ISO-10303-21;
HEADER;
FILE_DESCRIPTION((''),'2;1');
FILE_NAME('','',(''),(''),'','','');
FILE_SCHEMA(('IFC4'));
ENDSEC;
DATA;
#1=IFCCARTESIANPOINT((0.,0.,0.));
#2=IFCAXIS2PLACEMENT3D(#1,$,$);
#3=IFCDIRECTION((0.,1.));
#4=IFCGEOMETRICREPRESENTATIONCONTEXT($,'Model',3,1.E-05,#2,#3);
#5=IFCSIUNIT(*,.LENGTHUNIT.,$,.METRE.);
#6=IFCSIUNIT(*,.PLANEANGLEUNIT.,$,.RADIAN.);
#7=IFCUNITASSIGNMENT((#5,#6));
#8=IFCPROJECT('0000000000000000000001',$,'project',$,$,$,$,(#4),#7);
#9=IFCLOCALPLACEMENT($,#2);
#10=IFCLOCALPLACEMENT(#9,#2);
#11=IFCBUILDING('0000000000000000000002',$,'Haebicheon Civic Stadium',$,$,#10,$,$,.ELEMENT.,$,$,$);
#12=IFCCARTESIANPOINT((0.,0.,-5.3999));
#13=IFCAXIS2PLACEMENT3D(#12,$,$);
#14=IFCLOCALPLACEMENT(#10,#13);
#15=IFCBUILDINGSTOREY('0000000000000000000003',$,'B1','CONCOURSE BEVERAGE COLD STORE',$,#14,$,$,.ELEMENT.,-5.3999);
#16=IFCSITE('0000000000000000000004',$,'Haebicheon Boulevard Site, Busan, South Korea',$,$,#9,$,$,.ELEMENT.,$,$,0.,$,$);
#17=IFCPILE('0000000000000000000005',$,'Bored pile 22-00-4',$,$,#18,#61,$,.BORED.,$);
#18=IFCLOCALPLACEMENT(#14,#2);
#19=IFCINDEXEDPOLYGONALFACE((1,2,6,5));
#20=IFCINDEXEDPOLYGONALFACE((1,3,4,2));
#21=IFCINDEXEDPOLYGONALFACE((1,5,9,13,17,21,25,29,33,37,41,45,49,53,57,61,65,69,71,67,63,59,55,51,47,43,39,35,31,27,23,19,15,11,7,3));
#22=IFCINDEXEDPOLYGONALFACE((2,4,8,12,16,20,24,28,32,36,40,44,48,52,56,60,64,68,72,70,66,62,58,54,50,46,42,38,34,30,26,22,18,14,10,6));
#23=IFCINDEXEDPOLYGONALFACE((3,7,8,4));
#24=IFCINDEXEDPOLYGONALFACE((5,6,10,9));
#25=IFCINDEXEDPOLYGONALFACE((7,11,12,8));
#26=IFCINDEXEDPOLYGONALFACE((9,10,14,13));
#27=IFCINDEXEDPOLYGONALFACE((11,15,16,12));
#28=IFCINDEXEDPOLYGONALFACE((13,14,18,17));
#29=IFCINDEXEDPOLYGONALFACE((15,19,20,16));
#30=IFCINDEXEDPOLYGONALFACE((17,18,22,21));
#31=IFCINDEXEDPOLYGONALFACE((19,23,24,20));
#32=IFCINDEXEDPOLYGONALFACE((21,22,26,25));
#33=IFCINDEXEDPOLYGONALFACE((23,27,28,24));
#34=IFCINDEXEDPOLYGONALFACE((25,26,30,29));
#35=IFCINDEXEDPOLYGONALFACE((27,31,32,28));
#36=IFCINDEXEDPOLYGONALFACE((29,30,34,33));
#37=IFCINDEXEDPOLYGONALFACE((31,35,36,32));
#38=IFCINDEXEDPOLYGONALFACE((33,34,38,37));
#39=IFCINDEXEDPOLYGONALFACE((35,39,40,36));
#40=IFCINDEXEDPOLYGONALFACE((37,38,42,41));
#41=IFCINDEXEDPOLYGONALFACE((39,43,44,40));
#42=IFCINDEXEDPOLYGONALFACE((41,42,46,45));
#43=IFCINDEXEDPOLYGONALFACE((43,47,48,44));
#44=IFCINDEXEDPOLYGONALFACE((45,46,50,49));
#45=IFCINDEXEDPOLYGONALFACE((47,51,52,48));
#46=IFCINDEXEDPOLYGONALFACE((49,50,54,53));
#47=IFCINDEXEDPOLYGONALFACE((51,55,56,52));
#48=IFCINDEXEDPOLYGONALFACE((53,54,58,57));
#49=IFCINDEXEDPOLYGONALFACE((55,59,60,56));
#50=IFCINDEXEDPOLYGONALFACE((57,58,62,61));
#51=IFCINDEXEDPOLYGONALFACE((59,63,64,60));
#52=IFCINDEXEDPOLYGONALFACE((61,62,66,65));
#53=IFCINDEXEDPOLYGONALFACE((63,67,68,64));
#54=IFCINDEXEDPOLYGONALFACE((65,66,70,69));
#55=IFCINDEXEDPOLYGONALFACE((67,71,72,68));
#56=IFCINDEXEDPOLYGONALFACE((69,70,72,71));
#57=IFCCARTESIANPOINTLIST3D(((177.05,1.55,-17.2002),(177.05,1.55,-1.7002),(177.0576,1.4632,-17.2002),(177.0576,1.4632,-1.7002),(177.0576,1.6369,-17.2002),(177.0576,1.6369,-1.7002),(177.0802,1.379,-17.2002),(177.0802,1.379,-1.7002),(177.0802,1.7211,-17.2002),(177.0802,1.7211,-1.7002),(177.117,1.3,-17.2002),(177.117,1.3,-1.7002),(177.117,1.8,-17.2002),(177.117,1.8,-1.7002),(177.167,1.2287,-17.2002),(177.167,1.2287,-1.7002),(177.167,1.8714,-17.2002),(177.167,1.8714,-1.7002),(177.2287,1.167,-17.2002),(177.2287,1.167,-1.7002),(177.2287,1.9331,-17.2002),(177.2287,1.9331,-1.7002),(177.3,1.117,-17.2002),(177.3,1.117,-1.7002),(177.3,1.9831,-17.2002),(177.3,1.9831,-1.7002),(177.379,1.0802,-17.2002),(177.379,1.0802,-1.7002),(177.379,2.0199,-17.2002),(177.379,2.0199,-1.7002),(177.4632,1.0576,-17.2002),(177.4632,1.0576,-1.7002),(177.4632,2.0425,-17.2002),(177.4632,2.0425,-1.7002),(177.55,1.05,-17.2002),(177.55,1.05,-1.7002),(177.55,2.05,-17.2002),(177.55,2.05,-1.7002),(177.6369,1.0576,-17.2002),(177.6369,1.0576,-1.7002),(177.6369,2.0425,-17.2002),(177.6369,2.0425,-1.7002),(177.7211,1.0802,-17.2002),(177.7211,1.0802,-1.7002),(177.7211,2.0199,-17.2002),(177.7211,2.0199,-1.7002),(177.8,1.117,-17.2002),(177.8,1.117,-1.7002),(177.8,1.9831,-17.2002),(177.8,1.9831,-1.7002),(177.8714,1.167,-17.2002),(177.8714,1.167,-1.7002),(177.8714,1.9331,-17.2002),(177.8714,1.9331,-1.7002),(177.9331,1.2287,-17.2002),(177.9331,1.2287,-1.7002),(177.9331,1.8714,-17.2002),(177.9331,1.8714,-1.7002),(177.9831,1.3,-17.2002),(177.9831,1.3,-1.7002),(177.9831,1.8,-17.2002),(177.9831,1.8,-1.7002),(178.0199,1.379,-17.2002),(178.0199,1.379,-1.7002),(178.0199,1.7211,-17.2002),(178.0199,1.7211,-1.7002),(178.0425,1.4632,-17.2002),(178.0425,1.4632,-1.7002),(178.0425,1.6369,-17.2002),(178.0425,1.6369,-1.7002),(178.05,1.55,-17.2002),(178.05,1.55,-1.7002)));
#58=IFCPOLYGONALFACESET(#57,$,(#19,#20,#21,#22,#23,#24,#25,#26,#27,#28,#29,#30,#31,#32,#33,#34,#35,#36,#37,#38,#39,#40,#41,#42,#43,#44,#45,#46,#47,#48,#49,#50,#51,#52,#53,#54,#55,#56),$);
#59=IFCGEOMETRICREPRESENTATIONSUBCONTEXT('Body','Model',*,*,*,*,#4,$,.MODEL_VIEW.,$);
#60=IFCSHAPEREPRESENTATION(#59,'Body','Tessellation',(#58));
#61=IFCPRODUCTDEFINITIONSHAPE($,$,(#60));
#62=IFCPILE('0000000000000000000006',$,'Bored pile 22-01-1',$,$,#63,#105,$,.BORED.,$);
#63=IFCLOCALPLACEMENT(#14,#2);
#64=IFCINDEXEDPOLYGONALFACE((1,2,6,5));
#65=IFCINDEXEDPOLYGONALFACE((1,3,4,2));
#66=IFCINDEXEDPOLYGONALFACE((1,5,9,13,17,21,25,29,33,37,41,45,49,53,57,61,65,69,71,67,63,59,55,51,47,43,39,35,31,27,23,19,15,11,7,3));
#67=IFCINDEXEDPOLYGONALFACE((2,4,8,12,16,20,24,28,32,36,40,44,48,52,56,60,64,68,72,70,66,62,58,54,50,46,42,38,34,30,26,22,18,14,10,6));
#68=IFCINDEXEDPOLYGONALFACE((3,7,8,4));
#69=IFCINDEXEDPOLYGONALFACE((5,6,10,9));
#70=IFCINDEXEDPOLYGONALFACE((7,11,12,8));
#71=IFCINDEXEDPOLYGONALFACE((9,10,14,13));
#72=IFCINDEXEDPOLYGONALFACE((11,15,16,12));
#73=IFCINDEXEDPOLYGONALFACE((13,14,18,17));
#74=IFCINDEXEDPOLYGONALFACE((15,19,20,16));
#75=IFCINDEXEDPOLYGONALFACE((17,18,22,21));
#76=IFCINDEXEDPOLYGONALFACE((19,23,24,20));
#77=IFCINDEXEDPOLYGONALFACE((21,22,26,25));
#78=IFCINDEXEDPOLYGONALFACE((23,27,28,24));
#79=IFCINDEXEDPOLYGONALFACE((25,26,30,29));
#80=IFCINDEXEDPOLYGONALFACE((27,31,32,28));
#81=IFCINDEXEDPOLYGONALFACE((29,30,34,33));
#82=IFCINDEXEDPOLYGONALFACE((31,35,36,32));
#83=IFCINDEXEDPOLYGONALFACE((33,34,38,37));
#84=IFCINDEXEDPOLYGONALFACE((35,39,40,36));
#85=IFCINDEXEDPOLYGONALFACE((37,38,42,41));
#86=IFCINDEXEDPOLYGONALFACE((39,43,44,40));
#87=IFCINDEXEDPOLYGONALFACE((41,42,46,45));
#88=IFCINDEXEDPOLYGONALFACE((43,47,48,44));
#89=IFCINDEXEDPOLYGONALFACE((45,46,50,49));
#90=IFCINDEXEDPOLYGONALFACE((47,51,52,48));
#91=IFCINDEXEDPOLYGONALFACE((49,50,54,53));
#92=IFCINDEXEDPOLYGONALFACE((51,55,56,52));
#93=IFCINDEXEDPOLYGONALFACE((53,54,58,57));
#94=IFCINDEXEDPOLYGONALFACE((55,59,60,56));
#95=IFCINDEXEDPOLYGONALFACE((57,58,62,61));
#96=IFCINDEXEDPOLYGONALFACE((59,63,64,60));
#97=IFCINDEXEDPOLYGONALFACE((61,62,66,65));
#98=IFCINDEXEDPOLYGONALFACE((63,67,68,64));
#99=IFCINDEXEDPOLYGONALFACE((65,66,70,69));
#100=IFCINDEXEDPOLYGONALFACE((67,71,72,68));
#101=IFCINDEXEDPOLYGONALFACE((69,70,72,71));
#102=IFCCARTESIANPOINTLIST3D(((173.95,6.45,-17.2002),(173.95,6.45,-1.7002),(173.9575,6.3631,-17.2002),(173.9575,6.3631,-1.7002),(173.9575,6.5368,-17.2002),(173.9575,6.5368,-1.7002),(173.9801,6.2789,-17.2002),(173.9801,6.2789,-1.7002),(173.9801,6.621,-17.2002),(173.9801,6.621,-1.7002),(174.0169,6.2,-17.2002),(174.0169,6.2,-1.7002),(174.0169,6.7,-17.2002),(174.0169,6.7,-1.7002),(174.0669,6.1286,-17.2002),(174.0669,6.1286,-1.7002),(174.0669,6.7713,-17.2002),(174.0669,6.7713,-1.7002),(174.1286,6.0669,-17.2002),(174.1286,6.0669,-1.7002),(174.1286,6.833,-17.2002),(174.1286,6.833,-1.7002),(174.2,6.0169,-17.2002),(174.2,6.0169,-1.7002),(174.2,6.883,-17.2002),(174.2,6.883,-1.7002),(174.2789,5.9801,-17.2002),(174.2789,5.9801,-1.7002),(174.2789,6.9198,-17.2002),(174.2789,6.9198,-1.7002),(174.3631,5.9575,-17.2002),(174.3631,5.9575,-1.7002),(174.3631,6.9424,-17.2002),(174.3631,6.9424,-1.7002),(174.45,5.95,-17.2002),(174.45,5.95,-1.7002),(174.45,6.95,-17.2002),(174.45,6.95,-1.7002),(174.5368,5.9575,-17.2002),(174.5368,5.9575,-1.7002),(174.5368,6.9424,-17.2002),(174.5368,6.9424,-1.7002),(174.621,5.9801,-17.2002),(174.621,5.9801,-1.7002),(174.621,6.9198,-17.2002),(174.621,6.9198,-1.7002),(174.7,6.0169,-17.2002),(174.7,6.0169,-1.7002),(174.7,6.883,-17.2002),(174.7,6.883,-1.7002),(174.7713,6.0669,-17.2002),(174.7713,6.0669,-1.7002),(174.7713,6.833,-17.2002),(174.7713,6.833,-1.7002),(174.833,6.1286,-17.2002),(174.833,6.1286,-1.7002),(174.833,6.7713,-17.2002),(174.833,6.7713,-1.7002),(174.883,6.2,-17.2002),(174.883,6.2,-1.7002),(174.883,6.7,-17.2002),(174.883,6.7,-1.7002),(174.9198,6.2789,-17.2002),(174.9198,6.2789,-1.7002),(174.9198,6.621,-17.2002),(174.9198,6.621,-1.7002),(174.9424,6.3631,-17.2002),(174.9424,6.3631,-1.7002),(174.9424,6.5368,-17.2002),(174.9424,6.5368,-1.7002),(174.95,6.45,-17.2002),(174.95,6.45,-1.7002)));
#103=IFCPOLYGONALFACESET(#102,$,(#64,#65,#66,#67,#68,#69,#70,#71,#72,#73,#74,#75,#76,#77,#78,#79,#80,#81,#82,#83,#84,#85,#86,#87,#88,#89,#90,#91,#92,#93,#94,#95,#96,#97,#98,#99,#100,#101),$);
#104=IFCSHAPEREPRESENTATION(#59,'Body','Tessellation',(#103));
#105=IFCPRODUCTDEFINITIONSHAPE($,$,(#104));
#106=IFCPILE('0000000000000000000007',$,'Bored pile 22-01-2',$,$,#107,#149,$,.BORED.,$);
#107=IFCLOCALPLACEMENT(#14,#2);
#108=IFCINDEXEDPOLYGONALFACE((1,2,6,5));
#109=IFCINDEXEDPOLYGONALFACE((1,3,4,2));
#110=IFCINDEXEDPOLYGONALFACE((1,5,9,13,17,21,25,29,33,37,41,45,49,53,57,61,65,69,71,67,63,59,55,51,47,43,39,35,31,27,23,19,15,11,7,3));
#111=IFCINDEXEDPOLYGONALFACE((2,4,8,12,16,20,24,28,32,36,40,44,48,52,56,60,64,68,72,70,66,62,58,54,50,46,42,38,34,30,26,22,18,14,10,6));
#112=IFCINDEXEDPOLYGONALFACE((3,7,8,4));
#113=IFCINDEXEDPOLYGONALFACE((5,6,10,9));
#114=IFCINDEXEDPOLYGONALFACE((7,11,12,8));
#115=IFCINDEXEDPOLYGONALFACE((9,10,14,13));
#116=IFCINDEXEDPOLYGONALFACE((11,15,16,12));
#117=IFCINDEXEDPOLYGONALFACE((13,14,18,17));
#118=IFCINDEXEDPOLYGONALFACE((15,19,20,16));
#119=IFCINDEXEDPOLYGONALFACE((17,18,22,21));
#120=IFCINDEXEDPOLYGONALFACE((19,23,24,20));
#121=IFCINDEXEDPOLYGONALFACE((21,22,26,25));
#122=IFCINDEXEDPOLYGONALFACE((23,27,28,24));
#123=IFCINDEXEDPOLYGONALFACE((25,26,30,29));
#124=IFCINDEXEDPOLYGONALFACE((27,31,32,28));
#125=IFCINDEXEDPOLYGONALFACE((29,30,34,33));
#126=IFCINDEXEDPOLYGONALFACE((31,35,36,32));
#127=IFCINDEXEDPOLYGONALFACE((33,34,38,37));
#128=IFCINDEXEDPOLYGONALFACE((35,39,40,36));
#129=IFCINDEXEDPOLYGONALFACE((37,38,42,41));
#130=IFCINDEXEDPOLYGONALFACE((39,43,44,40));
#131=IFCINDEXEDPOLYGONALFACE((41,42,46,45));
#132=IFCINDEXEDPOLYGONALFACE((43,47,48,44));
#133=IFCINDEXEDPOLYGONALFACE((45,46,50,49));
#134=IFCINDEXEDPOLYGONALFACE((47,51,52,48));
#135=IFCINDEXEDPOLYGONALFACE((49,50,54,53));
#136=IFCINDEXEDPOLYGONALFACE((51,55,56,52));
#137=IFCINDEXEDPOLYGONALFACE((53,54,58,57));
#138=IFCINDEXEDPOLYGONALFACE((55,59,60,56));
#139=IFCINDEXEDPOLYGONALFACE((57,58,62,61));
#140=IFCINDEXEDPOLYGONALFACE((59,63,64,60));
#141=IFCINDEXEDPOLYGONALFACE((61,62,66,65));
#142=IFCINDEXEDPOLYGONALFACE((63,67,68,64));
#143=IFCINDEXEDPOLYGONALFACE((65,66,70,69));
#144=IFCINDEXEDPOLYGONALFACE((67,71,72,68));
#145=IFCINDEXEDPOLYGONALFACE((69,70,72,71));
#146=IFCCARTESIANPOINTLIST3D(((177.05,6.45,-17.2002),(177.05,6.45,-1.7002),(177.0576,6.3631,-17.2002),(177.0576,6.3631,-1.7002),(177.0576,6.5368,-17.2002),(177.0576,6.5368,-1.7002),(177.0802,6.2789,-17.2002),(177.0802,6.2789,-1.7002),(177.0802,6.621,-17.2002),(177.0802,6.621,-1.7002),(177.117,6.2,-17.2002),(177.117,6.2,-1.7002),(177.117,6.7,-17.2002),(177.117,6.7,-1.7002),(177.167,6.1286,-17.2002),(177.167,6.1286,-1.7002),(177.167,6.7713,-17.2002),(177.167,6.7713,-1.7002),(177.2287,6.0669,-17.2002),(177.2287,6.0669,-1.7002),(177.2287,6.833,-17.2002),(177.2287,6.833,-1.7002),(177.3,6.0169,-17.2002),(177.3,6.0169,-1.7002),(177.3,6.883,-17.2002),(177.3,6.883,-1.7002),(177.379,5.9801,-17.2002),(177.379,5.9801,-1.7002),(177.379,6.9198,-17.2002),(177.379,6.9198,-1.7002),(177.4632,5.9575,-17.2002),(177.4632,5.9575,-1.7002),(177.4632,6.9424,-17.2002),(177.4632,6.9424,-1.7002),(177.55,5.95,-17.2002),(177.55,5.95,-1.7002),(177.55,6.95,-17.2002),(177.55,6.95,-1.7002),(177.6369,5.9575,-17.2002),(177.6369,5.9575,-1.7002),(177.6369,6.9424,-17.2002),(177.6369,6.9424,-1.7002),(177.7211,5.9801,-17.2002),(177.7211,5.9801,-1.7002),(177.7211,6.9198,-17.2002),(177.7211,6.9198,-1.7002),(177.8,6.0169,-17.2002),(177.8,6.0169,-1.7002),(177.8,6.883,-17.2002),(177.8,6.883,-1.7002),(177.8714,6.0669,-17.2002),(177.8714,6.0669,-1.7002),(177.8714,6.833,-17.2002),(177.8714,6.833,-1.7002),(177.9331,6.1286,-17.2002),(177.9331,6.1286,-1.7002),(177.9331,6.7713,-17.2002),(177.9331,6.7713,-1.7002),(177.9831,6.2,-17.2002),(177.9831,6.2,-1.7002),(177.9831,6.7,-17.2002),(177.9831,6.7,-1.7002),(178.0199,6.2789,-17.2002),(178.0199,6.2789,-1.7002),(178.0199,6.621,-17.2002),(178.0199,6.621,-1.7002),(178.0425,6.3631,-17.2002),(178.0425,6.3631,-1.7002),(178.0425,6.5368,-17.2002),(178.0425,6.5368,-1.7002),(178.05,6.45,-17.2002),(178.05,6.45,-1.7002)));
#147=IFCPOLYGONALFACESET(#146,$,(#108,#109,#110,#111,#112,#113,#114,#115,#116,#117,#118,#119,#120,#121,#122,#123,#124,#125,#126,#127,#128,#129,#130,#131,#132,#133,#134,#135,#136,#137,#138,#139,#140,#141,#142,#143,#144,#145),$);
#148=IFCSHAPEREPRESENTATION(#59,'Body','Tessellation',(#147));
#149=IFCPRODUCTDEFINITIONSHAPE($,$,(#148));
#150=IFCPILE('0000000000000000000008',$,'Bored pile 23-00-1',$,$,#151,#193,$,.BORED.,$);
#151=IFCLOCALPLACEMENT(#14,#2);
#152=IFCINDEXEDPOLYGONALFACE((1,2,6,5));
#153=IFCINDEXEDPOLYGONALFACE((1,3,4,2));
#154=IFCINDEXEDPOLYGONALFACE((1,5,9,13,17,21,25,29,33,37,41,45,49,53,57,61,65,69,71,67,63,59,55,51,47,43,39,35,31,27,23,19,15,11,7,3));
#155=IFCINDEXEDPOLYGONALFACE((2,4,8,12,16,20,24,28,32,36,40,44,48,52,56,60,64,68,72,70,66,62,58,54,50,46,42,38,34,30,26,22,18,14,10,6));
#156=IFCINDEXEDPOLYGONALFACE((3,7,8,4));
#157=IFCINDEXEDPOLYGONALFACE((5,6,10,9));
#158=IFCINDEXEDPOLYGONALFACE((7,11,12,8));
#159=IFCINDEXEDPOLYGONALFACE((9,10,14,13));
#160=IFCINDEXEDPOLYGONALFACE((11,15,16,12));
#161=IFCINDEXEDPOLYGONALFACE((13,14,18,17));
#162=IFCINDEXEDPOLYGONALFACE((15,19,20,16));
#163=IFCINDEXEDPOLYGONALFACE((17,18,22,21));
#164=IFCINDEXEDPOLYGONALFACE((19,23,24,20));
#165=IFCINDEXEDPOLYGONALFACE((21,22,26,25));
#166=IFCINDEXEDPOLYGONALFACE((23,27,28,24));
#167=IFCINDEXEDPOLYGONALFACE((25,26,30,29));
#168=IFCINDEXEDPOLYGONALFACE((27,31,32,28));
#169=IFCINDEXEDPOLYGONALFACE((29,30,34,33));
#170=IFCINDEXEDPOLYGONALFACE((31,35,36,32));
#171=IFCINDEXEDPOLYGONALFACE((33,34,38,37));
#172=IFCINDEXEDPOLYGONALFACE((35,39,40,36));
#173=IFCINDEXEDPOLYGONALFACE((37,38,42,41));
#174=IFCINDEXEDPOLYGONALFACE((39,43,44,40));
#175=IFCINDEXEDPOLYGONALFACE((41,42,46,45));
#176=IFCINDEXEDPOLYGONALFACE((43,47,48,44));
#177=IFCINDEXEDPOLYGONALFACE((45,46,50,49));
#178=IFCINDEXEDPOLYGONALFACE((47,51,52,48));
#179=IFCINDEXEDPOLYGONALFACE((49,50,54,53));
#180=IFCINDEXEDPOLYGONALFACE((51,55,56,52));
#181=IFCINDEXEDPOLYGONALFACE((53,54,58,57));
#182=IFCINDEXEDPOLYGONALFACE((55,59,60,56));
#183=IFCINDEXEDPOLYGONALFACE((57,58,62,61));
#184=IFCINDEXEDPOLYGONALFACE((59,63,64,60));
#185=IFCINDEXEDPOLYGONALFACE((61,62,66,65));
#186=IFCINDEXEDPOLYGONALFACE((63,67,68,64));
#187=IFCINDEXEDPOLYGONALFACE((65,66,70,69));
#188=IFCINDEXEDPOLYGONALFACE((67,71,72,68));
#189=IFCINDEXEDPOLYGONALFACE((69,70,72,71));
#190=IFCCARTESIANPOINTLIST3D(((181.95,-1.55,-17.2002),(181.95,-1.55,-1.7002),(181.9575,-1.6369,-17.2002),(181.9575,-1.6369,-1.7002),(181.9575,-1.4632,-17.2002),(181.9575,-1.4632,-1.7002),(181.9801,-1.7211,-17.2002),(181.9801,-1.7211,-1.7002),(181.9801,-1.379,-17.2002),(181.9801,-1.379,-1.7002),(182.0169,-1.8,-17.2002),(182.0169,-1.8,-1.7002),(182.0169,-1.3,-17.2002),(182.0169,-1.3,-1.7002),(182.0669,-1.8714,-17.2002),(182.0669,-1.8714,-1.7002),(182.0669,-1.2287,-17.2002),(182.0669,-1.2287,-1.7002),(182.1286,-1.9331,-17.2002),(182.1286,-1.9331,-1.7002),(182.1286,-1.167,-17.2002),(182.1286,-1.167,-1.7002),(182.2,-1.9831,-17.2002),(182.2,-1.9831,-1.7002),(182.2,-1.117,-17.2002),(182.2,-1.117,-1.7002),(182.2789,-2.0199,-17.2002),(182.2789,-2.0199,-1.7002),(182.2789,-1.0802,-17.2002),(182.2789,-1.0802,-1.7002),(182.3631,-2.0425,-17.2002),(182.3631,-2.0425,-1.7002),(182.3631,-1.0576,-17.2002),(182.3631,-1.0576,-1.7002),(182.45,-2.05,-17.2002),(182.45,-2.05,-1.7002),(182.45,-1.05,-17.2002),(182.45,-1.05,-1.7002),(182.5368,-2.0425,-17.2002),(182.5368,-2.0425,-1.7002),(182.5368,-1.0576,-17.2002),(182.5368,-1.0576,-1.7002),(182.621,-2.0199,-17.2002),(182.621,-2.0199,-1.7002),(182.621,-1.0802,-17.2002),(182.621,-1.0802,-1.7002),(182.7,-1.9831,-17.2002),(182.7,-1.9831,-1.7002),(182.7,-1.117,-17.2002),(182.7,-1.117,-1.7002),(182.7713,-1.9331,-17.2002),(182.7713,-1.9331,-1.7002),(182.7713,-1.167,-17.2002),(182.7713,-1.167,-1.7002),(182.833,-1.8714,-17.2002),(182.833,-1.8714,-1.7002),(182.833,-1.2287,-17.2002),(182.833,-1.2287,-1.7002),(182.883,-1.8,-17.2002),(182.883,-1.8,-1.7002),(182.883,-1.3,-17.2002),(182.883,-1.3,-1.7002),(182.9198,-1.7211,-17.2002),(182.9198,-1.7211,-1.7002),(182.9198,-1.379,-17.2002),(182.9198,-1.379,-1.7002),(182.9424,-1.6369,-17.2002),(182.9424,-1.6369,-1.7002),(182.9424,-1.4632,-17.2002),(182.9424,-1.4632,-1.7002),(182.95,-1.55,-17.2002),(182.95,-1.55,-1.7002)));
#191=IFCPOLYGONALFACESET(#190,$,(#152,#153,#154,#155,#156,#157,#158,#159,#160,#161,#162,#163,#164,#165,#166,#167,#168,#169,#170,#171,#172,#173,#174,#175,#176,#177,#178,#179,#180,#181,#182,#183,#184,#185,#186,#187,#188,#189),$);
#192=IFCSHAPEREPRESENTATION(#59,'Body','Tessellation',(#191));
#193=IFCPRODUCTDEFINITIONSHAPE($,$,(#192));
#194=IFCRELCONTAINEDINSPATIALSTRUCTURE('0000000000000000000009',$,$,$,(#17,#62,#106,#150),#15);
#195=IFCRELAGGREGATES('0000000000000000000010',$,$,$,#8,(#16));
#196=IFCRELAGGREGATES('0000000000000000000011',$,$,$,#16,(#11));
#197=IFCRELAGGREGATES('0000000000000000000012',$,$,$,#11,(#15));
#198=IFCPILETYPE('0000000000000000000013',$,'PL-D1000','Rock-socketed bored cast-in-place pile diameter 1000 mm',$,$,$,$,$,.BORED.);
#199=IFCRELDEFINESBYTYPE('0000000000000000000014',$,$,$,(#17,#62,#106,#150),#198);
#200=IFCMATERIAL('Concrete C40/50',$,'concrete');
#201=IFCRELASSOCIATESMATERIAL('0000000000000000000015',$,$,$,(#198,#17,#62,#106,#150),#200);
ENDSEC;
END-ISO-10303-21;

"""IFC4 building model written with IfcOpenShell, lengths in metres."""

from ifc_helpers import new_model, si_unit, direction, frame, origin, origin_2d, place, context, subcontext, project, spatial, circle, extrude, material, material_profile, profile_set, type_object, element, save


model = new_model("IFC4")

# Units and contexts
model_context = context("Model", 3, precision=1e-05, world=origin(), true_north=direction((0.0, 1.0)))
body_context = subcontext(model_context, "Body", "Model", "MODEL_VIEW")
ifc_project = project(units=[si_unit("LENGTHUNIT", "METRE"), si_unit("PLANEANGLEUNIT", "RADIAN")], contexts=[model_context])

# Site, building, storey
site_placement = place(None, origin())
site = spatial("IfcSite", under=ifc_project, at=site_placement, Name="Haebicheon Boulevard Site, Busan, South Korea", CompositionType="ELEMENT", RefElevation=0.0)
building_placement = place(site_placement, origin())
building = spatial("IfcBuilding", under=site, at=building_placement, Name="Haebicheon Civic Stadium", CompositionType="ELEMENT")
storey_placement = place(building_placement, frame((0.0, 0.0, -5.3999)))
storey = spatial("IfcBuildingStorey", under=building, at=storey_placement, Name="B1", Description="CONCOURSE BEVERAGE COLD STORE", CompositionType="ELEMENT", Elevation=-5.3999)

# Piles
ifc_material_1 = material(Name="Concrete C40/50", Category="concrete")
ifc_material_profile_1 = material_profile(ifc_material_1, circle(Radius=0.5, at=origin_2d()), Name="PILE-D1000")
ifc_profile_set_1 = profile_set([ifc_material_profile_1], Name="Concrete C40/50")
pile_type = type_object("IfcPileType", Name="PL-D1000", Description="Rock-socketed bored cast-in-place pile diameter 1000 mm", PredefinedType="BORED", material=ifc_profile_set_1)
for number, where, z_axis, x_axis, name in (
    (1, (177.55, 1.55, -1.7002), (0.0, 0.0, -1.0), (1.0, 0.0, 0.0), "Bored pile 22-00-4"),
    (2, (174.45, 6.45, -1.7002), (0.0, 0.0, -1.0), (1.0, 0.0, 0.0), "Bored pile 22-01-1"),
    (3, (177.55, 6.45, -1.7002), (0.0, 0.0, -1.0), (1.0, 0.0, 0.0), "Bored pile 22-01-2"),
    (4, (182.45, -1.55, -1.7002), (0.0, 0.0, -1.0), (1.0, 0.0, 0.0), "Bored pile 23-00-1"),
):
    element("IfcPile", number, at=place(storey_placement, frame(where, z_axis=z_axis, x_axis=x_axis)), inside=storey, type_object=pile_type, material=ifc_profile_set_1, Name=name, PredefinedType="BORED", context=body_context, shape_type="SweptSolid", body=[
        extrude(circle(Radius=0.5, at=origin_2d()), origin(), (0.0, 0.0, 1.0), 15.5),
    ])

save(model, "model.ifc")
